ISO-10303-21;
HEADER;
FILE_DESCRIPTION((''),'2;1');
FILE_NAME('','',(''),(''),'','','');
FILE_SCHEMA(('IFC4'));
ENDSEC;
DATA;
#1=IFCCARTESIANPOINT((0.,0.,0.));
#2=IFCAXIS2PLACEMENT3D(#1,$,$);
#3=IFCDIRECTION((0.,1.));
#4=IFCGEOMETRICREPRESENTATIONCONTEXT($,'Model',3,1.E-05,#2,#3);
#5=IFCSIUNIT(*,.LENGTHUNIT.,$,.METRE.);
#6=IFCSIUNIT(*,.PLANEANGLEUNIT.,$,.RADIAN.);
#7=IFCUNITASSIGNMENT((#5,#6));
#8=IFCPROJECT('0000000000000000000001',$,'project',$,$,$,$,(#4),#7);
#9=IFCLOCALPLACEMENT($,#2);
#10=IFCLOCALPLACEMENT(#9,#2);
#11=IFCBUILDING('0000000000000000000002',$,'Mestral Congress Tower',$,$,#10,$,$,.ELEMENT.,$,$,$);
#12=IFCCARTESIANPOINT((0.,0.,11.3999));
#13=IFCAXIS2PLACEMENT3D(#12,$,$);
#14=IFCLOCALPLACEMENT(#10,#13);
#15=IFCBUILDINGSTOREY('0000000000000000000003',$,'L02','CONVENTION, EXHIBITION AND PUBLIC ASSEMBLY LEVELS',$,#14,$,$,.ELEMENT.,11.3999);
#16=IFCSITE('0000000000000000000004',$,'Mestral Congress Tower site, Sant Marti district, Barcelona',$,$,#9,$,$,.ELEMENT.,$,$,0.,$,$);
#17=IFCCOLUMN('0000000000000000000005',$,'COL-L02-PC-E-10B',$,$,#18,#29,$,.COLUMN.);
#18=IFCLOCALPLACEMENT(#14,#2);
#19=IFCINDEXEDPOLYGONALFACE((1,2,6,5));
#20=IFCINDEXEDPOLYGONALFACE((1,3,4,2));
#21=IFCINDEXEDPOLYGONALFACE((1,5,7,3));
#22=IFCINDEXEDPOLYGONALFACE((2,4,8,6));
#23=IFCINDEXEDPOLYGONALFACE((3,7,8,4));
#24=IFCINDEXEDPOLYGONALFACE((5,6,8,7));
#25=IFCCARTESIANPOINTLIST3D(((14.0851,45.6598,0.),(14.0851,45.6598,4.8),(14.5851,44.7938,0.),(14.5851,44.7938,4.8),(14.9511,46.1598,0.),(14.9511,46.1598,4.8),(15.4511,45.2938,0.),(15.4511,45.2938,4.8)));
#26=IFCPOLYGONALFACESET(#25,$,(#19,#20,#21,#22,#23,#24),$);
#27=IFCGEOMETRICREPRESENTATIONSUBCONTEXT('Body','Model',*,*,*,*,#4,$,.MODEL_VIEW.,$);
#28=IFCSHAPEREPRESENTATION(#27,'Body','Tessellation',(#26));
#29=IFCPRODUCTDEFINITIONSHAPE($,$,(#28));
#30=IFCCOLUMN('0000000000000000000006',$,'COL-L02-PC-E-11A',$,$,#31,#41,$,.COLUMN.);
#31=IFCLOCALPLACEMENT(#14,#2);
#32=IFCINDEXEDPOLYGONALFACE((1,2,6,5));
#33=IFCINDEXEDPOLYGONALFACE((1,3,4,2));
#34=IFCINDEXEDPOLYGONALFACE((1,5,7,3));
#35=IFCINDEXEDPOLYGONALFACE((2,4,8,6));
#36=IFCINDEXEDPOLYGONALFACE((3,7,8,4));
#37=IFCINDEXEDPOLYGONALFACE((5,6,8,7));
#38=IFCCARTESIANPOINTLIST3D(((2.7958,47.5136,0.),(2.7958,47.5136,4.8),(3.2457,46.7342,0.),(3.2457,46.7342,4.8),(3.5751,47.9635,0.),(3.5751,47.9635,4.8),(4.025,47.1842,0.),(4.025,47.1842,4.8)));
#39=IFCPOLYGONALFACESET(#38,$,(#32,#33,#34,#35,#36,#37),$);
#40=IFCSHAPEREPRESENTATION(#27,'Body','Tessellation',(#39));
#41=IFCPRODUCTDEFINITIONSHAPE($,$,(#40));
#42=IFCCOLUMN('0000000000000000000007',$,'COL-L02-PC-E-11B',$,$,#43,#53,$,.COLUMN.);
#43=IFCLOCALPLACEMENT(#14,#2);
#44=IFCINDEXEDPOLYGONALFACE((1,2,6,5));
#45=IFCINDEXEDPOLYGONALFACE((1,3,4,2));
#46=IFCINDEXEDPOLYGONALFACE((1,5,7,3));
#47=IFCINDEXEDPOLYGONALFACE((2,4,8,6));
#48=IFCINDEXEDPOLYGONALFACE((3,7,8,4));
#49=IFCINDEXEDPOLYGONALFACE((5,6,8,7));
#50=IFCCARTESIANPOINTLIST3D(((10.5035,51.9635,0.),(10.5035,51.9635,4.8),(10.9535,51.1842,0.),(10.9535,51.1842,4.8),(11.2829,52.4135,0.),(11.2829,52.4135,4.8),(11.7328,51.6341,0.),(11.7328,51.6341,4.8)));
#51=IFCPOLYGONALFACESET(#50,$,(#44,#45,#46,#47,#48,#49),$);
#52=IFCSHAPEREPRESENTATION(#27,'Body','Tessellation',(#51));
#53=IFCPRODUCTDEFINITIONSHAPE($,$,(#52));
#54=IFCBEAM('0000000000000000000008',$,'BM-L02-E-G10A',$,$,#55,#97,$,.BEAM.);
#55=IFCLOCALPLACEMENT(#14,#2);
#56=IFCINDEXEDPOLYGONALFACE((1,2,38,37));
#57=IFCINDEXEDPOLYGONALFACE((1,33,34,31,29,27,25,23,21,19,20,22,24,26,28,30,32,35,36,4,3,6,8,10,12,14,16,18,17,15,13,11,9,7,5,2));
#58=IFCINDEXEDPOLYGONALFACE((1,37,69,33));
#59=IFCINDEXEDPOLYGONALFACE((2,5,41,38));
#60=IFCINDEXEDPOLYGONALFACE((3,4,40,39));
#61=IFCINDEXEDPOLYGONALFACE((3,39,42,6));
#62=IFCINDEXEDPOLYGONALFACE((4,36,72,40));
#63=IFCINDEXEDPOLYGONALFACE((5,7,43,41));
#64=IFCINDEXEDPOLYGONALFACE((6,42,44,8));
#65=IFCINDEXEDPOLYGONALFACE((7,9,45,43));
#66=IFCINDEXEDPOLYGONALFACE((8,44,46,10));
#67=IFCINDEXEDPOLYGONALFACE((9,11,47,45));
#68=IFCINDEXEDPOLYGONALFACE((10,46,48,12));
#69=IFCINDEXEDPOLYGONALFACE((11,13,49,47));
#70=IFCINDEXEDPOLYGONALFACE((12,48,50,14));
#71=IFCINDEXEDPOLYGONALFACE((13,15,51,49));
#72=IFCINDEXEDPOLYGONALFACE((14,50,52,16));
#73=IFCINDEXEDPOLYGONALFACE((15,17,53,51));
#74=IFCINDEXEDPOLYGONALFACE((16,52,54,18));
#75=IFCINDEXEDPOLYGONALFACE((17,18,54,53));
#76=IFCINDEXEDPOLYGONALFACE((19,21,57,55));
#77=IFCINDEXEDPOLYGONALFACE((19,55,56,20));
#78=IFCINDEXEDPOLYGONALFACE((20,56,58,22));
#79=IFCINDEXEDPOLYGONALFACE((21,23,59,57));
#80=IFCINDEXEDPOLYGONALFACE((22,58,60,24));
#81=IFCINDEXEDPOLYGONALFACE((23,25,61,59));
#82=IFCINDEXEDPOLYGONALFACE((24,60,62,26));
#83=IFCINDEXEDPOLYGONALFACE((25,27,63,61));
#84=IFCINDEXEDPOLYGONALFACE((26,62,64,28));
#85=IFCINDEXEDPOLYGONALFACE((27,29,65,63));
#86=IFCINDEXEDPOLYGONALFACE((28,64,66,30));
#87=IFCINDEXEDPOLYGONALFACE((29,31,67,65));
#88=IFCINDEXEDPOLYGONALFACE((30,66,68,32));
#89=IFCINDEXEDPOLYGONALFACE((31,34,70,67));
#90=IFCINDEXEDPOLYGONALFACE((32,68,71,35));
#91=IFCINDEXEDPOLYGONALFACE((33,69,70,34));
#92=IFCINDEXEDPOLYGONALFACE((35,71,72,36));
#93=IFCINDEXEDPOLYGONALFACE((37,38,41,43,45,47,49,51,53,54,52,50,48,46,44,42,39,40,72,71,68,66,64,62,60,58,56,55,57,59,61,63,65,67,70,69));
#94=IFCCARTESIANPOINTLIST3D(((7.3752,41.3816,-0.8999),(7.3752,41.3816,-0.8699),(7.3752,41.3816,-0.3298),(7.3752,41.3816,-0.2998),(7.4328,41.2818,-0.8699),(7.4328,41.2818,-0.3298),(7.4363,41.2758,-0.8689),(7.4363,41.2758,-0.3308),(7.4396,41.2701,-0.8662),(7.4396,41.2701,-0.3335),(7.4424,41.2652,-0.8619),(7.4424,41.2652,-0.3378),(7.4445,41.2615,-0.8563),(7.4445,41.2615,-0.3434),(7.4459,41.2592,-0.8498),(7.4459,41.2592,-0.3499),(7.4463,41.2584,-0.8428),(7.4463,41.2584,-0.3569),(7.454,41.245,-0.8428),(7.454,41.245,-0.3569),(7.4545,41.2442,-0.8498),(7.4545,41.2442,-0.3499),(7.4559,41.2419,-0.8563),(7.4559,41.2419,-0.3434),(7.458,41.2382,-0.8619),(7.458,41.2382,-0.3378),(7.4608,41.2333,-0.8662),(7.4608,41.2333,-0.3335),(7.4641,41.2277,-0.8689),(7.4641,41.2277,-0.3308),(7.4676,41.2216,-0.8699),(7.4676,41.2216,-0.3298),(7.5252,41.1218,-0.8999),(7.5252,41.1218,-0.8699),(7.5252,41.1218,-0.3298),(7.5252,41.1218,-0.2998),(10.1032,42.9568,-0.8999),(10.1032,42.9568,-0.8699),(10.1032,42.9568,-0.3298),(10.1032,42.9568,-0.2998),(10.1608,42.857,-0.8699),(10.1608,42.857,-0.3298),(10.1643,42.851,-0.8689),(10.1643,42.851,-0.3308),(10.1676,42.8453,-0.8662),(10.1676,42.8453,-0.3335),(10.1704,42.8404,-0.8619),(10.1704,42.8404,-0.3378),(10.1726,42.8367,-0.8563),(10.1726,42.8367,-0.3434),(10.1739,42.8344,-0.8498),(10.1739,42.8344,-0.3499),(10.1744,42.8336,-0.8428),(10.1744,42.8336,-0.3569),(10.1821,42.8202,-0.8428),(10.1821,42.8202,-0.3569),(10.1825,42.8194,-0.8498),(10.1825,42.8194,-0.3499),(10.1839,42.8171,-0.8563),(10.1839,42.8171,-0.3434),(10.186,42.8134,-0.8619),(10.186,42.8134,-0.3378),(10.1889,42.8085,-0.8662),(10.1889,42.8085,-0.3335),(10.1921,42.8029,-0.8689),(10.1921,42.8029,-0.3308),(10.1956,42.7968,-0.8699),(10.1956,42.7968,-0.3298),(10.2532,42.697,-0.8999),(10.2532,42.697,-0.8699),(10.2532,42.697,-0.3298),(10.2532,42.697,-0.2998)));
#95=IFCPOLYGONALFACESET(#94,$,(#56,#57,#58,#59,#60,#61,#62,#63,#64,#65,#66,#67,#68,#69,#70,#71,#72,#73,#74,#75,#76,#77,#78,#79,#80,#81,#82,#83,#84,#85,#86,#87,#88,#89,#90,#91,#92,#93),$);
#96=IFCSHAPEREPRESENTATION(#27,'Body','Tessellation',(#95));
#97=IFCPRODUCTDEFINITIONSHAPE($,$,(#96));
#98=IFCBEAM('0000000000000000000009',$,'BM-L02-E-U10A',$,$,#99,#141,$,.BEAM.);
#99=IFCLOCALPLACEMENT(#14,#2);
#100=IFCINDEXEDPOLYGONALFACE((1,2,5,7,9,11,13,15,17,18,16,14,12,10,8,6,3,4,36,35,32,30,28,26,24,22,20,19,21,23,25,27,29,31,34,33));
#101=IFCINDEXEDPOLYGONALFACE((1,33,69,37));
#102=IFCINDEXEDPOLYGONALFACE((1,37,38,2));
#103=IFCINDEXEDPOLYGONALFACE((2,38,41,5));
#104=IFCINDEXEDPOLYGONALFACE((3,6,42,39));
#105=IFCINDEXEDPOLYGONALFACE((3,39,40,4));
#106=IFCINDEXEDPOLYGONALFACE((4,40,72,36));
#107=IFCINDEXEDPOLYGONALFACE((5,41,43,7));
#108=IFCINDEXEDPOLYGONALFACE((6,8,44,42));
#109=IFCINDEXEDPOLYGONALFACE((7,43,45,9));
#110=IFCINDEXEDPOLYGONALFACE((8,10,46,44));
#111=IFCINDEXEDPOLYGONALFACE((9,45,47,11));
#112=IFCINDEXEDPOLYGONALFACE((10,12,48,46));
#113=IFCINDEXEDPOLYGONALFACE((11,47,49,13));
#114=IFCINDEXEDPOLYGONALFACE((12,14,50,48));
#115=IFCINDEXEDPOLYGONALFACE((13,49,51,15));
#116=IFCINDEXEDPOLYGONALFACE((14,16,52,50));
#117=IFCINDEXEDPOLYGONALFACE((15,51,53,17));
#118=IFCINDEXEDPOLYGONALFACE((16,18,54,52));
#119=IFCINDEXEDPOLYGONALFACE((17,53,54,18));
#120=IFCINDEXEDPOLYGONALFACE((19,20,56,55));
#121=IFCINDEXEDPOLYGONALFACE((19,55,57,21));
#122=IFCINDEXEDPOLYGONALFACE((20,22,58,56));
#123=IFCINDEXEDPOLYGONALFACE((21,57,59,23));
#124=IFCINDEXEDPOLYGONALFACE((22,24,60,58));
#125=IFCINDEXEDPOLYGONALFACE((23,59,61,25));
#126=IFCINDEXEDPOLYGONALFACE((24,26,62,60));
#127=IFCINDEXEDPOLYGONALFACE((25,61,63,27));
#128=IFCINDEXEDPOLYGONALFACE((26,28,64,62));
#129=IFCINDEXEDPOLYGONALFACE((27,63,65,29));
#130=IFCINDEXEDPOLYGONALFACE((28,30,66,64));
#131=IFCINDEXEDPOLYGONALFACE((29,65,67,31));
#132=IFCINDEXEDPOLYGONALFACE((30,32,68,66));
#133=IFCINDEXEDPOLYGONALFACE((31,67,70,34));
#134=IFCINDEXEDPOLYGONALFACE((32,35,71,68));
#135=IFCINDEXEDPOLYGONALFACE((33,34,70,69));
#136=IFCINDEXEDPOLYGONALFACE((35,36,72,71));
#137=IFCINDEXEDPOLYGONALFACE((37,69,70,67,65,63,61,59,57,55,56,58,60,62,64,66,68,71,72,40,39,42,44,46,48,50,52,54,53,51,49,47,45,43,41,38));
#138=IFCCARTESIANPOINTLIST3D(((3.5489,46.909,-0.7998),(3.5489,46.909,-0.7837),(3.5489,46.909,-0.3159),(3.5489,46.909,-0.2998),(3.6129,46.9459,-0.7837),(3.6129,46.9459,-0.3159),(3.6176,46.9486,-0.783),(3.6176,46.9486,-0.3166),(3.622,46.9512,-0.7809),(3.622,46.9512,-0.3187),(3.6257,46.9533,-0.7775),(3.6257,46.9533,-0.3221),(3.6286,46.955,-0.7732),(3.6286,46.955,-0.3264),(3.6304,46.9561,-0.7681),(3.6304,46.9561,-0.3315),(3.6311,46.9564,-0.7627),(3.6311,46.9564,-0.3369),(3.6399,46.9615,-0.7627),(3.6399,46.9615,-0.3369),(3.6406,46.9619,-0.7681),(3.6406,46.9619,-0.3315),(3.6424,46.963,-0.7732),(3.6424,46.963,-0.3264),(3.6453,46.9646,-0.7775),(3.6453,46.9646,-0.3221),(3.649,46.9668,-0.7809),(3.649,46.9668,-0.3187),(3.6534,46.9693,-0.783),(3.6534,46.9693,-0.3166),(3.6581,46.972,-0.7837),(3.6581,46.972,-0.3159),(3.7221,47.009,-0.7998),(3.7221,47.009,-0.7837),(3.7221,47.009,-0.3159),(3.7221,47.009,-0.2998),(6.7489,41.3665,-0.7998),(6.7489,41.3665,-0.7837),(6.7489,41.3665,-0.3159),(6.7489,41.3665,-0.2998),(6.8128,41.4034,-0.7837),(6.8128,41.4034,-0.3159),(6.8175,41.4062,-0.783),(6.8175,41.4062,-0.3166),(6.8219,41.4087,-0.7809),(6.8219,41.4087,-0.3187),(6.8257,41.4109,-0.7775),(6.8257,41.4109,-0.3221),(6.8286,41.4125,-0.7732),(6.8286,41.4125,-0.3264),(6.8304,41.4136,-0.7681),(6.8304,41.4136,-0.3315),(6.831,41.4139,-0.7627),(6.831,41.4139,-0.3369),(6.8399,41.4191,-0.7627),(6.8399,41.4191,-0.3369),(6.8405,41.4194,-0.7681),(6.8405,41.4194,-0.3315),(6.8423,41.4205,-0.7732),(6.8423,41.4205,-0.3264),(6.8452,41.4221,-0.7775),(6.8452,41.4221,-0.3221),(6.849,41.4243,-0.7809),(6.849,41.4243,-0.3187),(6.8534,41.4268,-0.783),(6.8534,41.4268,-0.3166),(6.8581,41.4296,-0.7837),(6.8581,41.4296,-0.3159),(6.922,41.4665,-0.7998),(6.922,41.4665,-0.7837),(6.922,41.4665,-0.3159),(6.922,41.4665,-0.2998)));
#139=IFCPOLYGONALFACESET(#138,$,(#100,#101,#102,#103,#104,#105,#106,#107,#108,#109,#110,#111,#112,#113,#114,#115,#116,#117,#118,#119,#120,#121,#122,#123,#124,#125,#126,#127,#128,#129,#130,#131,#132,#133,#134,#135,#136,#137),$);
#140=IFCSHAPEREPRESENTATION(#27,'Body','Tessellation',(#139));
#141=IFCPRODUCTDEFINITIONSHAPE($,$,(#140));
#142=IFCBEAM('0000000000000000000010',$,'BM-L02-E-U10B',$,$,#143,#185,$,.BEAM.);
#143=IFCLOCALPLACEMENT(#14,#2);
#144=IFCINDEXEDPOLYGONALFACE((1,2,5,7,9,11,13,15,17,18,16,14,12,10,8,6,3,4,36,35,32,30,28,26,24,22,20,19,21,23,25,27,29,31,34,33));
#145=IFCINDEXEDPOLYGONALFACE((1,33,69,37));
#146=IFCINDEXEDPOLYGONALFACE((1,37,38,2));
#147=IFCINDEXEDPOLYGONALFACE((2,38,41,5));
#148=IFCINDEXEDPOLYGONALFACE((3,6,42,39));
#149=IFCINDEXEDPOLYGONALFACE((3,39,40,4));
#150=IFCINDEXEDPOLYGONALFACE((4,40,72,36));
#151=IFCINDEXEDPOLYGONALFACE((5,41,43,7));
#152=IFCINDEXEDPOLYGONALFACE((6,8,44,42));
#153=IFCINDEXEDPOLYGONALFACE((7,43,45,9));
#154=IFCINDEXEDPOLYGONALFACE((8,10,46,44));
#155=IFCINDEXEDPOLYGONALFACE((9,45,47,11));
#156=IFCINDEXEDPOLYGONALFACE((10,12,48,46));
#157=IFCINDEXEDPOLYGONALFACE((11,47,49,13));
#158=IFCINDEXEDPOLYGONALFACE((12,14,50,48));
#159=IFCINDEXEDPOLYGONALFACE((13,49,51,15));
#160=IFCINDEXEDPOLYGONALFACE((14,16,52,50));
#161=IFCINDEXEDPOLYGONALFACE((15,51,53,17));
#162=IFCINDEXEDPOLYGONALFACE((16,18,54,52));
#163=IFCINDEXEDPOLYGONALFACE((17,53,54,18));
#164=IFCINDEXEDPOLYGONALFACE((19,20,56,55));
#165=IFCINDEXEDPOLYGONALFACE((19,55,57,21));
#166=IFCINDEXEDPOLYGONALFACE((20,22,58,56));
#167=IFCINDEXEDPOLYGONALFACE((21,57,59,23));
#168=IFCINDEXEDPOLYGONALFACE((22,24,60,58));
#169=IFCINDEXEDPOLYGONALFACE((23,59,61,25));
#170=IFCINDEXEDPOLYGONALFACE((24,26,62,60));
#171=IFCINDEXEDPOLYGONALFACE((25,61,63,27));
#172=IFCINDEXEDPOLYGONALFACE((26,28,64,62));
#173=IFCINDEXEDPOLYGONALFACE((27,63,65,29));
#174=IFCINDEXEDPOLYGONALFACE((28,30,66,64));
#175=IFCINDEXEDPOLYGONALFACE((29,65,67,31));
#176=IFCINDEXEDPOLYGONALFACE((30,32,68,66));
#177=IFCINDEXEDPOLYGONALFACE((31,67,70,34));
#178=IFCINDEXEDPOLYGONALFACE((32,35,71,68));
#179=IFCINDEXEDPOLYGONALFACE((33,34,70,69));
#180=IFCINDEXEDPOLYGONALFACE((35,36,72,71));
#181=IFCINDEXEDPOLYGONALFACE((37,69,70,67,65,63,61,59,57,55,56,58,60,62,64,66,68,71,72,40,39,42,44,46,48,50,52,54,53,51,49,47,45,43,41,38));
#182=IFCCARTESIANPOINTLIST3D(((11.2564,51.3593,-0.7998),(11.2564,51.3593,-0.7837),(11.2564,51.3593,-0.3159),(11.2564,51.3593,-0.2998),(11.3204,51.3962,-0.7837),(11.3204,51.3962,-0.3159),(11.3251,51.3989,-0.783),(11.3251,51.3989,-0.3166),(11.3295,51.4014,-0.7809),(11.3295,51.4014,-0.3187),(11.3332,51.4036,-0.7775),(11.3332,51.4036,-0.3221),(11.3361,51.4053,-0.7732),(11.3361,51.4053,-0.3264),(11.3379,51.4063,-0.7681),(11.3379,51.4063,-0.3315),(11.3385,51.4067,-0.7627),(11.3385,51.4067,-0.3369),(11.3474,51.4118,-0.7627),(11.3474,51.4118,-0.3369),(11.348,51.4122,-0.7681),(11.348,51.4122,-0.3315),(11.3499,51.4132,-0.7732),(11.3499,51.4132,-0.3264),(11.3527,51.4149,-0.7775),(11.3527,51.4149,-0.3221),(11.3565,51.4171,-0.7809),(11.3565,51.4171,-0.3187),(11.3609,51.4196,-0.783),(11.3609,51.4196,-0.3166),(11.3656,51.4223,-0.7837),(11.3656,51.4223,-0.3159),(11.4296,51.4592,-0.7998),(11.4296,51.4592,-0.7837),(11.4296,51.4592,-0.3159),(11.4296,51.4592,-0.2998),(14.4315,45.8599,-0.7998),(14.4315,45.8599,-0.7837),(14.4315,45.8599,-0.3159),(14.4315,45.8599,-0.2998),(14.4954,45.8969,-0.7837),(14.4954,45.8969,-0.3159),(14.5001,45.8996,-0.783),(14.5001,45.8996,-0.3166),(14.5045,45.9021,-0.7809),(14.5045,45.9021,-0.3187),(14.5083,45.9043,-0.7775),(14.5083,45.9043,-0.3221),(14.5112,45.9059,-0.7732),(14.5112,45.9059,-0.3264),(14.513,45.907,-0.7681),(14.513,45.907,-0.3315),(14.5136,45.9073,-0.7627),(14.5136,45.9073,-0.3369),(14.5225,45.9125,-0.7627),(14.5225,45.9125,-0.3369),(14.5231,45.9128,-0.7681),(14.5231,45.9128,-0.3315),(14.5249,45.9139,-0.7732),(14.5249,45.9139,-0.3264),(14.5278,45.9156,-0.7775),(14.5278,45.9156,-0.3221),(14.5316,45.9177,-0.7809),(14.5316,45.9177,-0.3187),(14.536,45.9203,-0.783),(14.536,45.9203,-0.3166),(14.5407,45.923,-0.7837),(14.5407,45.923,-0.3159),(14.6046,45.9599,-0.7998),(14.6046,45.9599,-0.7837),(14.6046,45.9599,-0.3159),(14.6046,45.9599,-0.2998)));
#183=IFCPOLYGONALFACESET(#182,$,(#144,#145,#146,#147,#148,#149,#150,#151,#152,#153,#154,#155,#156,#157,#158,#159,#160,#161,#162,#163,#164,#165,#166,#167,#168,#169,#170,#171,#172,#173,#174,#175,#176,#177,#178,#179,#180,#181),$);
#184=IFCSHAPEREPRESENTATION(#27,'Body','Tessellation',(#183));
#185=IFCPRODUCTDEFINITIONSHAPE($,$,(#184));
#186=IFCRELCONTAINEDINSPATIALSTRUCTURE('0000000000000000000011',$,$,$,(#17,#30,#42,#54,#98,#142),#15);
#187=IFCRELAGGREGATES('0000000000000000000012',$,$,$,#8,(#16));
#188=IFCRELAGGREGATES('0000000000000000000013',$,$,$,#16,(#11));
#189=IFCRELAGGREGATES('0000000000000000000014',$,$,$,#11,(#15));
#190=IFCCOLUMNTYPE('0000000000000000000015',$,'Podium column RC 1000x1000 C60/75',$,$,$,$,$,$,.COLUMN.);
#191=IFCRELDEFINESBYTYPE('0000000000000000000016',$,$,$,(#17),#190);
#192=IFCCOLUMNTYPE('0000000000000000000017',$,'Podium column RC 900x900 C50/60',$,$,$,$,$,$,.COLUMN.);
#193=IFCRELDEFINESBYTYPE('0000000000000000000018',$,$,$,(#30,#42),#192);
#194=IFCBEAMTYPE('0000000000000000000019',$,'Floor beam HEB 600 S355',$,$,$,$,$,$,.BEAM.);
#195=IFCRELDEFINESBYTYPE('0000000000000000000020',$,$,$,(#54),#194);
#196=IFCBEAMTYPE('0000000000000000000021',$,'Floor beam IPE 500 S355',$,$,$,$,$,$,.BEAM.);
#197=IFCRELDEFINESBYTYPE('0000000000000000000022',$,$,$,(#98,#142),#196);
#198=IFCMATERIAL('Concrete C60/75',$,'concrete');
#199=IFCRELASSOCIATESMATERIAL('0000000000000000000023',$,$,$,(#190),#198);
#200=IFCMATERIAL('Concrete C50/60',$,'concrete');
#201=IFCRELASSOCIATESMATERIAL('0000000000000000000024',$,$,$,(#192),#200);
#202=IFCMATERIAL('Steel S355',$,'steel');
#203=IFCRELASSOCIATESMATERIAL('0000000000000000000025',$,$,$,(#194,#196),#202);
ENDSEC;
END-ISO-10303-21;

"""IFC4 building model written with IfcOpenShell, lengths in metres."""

from ifc_helpers import new_model, si_unit, direction, frame, origin, origin_2d, place, context, subcontext, project, spatial, rectangle, i_section, extrude, material, material_profile, profile_set, type_object, element, save


model = new_model("IFC4")

# Units and contexts
model_context = context("Model", 3, precision=1e-05, world=origin(), true_north=direction((0.0, 1.0)))
body_context = subcontext(model_context, "Body", "Model", "MODEL_VIEW")
ifc_project = project(units=[si_unit("LENGTHUNIT", "METRE"), si_unit("PLANEANGLEUNIT", "RADIAN")], contexts=[model_context])

# Site, building, storey
site_placement = place(None, origin())
site = spatial("IfcSite", under=ifc_project, at=site_placement, Name="Mestral Congress Tower site, Sant Marti district, Barcelona", CompositionType="ELEMENT", RefElevation=0.0)
building_placement = place(site_placement, origin())
building = spatial("IfcBuilding", under=site, at=building_placement, Name="Mestral Congress Tower", CompositionType="ELEMENT")
storey_placement = place(building_placement, frame((0.0, 0.0, 11.3999)))
storey = spatial("IfcBuildingStorey", under=building, at=storey_placement, Name="L02", Description="CONVENTION, EXHIBITION AND PUBLIC ASSEMBLY LEVELS", CompositionType="ELEMENT", Elevation=11.3999)

# Columns
ifc_material_1 = material(Name="Concrete C60/75", Category="concrete")
ifc_material_profile_1 = material_profile(ifc_material_1, rectangle(XDim=1.0, YDim=1.0, at=origin_2d()), Name="RC 1000x1000")
ifc_profile_set_1 = profile_set([ifc_material_profile_1], Name="Concrete C60/75")
column_type_1 = type_object("IfcColumnType", Name="Podium column RC 1000x1000 C60/75", PredefinedType="COLUMN", material=ifc_profile_set_1)
column_placement = place(storey_placement, frame((14.7681, 45.4768, 0.0), z_axis=(0.0, 0.0, 1.0), x_axis=(-0.5, 0.866025, 0.0)))
element("IfcColumn", 1, at=column_placement, inside=storey, type_object=column_type_1, Name="COL-L02-PC-E-10B", PredefinedType="COLUMN", context=body_context, shape_type="SweptSolid", body=[
    extrude(rectangle(XDim=1.0, YDim=1.0, at=origin_2d()), origin(), (0.0, 0.0, 1.0), 4.8),
])
ifc_material_2 = material(Name="Concrete C50/60", Category="concrete")
ifc_material_profile_2 = material_profile(ifc_material_2, rectangle(XDim=0.8999, YDim=0.8999, at=origin_2d()), Name="RC 900x900")
ifc_profile_set_2 = profile_set([ifc_material_profile_2], Name="Concrete C50/60")
column_type_2 = type_object("IfcColumnType", Name="Podium column RC 900x900 C50/60", PredefinedType="COLUMN", material=ifc_profile_set_2)
for number, where, z_axis, x_axis, name in (
    (2, (3.4104, 47.3489, 0.0), (0.0, 0.0, 1.0), (-0.5, 0.866025, 0.0), "COL-L02-PC-E-11A"),
    (3, (11.1182, 51.7988, 0.0), (0.0, 0.0, 1.0), (-0.5, 0.866025, 0.0), "COL-L02-PC-E-11B"),
):
    element("IfcColumn", number, at=place(storey_placement, frame(where, z_axis=z_axis, x_axis=x_axis)), inside=storey, type_object=column_type_2, Name=name, PredefinedType="COLUMN", context=body_context, shape_type="SweptSolid", body=[
        extrude(rectangle(XDim=0.8999, YDim=0.8999, at=origin_2d()), origin(), (0.0, 0.0, 1.0), 4.8),
    ])

# Beams
ifc_material_3 = material(Name="Steel S355", Category="steel")
ifc_material_profile_3 = material_profile(ifc_material_3, i_section(OverallWidth=0.3, OverallDepth=0.6001, WebThickness=0.0154, FlangeThickness=0.03, FilletRadius=0.0271, at=origin_2d()), Name="HEB 600")
ifc_profile_set_3 = profile_set([ifc_material_profile_3], Name="Steel S355")
beam_type_1 = type_object("IfcBeamType", Name="Floor beam HEB 600 S355", PredefinedType="BEAM", material=ifc_profile_set_3)
beam_1_placement = place(storey_placement, frame((7.4502, 41.2517, -0.5999), z_axis=(0.866002, 0.50004, 0.0), x_axis=(-0.50004, 0.866002, 0.0)))
element("IfcBeam", 4, at=beam_1_placement, inside=storey, type_object=beam_type_1, Name="BM-L02-E-G10A", PredefinedType="BEAM", context=body_context, shape_type="SweptSolid", body=[
    extrude(i_section(OverallWidth=0.3, OverallDepth=0.6001, WebThickness=0.0154, FlangeThickness=0.03, FilletRadius=0.0271, at=origin_2d()), origin(), (0.0, 0.0, 1.0), 3.1501),
])
ifc_material_profile_4 = material_profile(ifc_material_3, i_section(OverallWidth=0.2, OverallDepth=0.5, WebThickness=0.0103, FlangeThickness=0.0161, FilletRadius=0.021, at=origin_2d()), Name="IPE 500")
ifc_profile_set_4 = profile_set([ifc_material_profile_4], Name="Steel S355")
beam_type_2 = type_object("IfcBeamType", Name="Floor beam IPE 500 S355", PredefinedType="BEAM", material=ifc_profile_set_4)
beam_2_placement = place(storey_placement, frame((6.8354, 41.4165, -0.5498), z_axis=(-0.5, 0.866025, 0.0), x_axis=(-0.866025, -0.5, 0.0)))
element("IfcBeam", 5, at=beam_2_placement, inside=storey, type_object=beam_type_2, Name="BM-L02-E-U10A", PredefinedType="BEAM", context=body_context, shape_type="SweptSolid", body=[
    extrude(i_section(OverallWidth=0.2, OverallDepth=0.5, WebThickness=0.0103, FlangeThickness=0.0161, FilletRadius=0.021, at=origin_2d()), origin(), (0.0, 0.0, 1.0), 6.3999),
])
beam_3_placement = place(storey_placement, frame((14.5181, 45.9099, -0.5498), z_axis=(-0.500005, 0.866022, 0.0), x_axis=(-0.866022, -0.500005, 0.0)))
element("IfcBeam", 6, at=beam_3_placement, inside=storey, type_object=beam_type_2, Name="BM-L02-E-U10B", PredefinedType="BEAM", context=body_context, shape_type="SweptSolid", body=[
    extrude(i_section(OverallWidth=0.2, OverallDepth=0.5, WebThickness=0.0103, FlangeThickness=0.0161, FilletRadius=0.021, at=origin_2d()), origin(), (0.0, 0.0, 1.0), 6.3501),
])

save(model, "model.ifc")
